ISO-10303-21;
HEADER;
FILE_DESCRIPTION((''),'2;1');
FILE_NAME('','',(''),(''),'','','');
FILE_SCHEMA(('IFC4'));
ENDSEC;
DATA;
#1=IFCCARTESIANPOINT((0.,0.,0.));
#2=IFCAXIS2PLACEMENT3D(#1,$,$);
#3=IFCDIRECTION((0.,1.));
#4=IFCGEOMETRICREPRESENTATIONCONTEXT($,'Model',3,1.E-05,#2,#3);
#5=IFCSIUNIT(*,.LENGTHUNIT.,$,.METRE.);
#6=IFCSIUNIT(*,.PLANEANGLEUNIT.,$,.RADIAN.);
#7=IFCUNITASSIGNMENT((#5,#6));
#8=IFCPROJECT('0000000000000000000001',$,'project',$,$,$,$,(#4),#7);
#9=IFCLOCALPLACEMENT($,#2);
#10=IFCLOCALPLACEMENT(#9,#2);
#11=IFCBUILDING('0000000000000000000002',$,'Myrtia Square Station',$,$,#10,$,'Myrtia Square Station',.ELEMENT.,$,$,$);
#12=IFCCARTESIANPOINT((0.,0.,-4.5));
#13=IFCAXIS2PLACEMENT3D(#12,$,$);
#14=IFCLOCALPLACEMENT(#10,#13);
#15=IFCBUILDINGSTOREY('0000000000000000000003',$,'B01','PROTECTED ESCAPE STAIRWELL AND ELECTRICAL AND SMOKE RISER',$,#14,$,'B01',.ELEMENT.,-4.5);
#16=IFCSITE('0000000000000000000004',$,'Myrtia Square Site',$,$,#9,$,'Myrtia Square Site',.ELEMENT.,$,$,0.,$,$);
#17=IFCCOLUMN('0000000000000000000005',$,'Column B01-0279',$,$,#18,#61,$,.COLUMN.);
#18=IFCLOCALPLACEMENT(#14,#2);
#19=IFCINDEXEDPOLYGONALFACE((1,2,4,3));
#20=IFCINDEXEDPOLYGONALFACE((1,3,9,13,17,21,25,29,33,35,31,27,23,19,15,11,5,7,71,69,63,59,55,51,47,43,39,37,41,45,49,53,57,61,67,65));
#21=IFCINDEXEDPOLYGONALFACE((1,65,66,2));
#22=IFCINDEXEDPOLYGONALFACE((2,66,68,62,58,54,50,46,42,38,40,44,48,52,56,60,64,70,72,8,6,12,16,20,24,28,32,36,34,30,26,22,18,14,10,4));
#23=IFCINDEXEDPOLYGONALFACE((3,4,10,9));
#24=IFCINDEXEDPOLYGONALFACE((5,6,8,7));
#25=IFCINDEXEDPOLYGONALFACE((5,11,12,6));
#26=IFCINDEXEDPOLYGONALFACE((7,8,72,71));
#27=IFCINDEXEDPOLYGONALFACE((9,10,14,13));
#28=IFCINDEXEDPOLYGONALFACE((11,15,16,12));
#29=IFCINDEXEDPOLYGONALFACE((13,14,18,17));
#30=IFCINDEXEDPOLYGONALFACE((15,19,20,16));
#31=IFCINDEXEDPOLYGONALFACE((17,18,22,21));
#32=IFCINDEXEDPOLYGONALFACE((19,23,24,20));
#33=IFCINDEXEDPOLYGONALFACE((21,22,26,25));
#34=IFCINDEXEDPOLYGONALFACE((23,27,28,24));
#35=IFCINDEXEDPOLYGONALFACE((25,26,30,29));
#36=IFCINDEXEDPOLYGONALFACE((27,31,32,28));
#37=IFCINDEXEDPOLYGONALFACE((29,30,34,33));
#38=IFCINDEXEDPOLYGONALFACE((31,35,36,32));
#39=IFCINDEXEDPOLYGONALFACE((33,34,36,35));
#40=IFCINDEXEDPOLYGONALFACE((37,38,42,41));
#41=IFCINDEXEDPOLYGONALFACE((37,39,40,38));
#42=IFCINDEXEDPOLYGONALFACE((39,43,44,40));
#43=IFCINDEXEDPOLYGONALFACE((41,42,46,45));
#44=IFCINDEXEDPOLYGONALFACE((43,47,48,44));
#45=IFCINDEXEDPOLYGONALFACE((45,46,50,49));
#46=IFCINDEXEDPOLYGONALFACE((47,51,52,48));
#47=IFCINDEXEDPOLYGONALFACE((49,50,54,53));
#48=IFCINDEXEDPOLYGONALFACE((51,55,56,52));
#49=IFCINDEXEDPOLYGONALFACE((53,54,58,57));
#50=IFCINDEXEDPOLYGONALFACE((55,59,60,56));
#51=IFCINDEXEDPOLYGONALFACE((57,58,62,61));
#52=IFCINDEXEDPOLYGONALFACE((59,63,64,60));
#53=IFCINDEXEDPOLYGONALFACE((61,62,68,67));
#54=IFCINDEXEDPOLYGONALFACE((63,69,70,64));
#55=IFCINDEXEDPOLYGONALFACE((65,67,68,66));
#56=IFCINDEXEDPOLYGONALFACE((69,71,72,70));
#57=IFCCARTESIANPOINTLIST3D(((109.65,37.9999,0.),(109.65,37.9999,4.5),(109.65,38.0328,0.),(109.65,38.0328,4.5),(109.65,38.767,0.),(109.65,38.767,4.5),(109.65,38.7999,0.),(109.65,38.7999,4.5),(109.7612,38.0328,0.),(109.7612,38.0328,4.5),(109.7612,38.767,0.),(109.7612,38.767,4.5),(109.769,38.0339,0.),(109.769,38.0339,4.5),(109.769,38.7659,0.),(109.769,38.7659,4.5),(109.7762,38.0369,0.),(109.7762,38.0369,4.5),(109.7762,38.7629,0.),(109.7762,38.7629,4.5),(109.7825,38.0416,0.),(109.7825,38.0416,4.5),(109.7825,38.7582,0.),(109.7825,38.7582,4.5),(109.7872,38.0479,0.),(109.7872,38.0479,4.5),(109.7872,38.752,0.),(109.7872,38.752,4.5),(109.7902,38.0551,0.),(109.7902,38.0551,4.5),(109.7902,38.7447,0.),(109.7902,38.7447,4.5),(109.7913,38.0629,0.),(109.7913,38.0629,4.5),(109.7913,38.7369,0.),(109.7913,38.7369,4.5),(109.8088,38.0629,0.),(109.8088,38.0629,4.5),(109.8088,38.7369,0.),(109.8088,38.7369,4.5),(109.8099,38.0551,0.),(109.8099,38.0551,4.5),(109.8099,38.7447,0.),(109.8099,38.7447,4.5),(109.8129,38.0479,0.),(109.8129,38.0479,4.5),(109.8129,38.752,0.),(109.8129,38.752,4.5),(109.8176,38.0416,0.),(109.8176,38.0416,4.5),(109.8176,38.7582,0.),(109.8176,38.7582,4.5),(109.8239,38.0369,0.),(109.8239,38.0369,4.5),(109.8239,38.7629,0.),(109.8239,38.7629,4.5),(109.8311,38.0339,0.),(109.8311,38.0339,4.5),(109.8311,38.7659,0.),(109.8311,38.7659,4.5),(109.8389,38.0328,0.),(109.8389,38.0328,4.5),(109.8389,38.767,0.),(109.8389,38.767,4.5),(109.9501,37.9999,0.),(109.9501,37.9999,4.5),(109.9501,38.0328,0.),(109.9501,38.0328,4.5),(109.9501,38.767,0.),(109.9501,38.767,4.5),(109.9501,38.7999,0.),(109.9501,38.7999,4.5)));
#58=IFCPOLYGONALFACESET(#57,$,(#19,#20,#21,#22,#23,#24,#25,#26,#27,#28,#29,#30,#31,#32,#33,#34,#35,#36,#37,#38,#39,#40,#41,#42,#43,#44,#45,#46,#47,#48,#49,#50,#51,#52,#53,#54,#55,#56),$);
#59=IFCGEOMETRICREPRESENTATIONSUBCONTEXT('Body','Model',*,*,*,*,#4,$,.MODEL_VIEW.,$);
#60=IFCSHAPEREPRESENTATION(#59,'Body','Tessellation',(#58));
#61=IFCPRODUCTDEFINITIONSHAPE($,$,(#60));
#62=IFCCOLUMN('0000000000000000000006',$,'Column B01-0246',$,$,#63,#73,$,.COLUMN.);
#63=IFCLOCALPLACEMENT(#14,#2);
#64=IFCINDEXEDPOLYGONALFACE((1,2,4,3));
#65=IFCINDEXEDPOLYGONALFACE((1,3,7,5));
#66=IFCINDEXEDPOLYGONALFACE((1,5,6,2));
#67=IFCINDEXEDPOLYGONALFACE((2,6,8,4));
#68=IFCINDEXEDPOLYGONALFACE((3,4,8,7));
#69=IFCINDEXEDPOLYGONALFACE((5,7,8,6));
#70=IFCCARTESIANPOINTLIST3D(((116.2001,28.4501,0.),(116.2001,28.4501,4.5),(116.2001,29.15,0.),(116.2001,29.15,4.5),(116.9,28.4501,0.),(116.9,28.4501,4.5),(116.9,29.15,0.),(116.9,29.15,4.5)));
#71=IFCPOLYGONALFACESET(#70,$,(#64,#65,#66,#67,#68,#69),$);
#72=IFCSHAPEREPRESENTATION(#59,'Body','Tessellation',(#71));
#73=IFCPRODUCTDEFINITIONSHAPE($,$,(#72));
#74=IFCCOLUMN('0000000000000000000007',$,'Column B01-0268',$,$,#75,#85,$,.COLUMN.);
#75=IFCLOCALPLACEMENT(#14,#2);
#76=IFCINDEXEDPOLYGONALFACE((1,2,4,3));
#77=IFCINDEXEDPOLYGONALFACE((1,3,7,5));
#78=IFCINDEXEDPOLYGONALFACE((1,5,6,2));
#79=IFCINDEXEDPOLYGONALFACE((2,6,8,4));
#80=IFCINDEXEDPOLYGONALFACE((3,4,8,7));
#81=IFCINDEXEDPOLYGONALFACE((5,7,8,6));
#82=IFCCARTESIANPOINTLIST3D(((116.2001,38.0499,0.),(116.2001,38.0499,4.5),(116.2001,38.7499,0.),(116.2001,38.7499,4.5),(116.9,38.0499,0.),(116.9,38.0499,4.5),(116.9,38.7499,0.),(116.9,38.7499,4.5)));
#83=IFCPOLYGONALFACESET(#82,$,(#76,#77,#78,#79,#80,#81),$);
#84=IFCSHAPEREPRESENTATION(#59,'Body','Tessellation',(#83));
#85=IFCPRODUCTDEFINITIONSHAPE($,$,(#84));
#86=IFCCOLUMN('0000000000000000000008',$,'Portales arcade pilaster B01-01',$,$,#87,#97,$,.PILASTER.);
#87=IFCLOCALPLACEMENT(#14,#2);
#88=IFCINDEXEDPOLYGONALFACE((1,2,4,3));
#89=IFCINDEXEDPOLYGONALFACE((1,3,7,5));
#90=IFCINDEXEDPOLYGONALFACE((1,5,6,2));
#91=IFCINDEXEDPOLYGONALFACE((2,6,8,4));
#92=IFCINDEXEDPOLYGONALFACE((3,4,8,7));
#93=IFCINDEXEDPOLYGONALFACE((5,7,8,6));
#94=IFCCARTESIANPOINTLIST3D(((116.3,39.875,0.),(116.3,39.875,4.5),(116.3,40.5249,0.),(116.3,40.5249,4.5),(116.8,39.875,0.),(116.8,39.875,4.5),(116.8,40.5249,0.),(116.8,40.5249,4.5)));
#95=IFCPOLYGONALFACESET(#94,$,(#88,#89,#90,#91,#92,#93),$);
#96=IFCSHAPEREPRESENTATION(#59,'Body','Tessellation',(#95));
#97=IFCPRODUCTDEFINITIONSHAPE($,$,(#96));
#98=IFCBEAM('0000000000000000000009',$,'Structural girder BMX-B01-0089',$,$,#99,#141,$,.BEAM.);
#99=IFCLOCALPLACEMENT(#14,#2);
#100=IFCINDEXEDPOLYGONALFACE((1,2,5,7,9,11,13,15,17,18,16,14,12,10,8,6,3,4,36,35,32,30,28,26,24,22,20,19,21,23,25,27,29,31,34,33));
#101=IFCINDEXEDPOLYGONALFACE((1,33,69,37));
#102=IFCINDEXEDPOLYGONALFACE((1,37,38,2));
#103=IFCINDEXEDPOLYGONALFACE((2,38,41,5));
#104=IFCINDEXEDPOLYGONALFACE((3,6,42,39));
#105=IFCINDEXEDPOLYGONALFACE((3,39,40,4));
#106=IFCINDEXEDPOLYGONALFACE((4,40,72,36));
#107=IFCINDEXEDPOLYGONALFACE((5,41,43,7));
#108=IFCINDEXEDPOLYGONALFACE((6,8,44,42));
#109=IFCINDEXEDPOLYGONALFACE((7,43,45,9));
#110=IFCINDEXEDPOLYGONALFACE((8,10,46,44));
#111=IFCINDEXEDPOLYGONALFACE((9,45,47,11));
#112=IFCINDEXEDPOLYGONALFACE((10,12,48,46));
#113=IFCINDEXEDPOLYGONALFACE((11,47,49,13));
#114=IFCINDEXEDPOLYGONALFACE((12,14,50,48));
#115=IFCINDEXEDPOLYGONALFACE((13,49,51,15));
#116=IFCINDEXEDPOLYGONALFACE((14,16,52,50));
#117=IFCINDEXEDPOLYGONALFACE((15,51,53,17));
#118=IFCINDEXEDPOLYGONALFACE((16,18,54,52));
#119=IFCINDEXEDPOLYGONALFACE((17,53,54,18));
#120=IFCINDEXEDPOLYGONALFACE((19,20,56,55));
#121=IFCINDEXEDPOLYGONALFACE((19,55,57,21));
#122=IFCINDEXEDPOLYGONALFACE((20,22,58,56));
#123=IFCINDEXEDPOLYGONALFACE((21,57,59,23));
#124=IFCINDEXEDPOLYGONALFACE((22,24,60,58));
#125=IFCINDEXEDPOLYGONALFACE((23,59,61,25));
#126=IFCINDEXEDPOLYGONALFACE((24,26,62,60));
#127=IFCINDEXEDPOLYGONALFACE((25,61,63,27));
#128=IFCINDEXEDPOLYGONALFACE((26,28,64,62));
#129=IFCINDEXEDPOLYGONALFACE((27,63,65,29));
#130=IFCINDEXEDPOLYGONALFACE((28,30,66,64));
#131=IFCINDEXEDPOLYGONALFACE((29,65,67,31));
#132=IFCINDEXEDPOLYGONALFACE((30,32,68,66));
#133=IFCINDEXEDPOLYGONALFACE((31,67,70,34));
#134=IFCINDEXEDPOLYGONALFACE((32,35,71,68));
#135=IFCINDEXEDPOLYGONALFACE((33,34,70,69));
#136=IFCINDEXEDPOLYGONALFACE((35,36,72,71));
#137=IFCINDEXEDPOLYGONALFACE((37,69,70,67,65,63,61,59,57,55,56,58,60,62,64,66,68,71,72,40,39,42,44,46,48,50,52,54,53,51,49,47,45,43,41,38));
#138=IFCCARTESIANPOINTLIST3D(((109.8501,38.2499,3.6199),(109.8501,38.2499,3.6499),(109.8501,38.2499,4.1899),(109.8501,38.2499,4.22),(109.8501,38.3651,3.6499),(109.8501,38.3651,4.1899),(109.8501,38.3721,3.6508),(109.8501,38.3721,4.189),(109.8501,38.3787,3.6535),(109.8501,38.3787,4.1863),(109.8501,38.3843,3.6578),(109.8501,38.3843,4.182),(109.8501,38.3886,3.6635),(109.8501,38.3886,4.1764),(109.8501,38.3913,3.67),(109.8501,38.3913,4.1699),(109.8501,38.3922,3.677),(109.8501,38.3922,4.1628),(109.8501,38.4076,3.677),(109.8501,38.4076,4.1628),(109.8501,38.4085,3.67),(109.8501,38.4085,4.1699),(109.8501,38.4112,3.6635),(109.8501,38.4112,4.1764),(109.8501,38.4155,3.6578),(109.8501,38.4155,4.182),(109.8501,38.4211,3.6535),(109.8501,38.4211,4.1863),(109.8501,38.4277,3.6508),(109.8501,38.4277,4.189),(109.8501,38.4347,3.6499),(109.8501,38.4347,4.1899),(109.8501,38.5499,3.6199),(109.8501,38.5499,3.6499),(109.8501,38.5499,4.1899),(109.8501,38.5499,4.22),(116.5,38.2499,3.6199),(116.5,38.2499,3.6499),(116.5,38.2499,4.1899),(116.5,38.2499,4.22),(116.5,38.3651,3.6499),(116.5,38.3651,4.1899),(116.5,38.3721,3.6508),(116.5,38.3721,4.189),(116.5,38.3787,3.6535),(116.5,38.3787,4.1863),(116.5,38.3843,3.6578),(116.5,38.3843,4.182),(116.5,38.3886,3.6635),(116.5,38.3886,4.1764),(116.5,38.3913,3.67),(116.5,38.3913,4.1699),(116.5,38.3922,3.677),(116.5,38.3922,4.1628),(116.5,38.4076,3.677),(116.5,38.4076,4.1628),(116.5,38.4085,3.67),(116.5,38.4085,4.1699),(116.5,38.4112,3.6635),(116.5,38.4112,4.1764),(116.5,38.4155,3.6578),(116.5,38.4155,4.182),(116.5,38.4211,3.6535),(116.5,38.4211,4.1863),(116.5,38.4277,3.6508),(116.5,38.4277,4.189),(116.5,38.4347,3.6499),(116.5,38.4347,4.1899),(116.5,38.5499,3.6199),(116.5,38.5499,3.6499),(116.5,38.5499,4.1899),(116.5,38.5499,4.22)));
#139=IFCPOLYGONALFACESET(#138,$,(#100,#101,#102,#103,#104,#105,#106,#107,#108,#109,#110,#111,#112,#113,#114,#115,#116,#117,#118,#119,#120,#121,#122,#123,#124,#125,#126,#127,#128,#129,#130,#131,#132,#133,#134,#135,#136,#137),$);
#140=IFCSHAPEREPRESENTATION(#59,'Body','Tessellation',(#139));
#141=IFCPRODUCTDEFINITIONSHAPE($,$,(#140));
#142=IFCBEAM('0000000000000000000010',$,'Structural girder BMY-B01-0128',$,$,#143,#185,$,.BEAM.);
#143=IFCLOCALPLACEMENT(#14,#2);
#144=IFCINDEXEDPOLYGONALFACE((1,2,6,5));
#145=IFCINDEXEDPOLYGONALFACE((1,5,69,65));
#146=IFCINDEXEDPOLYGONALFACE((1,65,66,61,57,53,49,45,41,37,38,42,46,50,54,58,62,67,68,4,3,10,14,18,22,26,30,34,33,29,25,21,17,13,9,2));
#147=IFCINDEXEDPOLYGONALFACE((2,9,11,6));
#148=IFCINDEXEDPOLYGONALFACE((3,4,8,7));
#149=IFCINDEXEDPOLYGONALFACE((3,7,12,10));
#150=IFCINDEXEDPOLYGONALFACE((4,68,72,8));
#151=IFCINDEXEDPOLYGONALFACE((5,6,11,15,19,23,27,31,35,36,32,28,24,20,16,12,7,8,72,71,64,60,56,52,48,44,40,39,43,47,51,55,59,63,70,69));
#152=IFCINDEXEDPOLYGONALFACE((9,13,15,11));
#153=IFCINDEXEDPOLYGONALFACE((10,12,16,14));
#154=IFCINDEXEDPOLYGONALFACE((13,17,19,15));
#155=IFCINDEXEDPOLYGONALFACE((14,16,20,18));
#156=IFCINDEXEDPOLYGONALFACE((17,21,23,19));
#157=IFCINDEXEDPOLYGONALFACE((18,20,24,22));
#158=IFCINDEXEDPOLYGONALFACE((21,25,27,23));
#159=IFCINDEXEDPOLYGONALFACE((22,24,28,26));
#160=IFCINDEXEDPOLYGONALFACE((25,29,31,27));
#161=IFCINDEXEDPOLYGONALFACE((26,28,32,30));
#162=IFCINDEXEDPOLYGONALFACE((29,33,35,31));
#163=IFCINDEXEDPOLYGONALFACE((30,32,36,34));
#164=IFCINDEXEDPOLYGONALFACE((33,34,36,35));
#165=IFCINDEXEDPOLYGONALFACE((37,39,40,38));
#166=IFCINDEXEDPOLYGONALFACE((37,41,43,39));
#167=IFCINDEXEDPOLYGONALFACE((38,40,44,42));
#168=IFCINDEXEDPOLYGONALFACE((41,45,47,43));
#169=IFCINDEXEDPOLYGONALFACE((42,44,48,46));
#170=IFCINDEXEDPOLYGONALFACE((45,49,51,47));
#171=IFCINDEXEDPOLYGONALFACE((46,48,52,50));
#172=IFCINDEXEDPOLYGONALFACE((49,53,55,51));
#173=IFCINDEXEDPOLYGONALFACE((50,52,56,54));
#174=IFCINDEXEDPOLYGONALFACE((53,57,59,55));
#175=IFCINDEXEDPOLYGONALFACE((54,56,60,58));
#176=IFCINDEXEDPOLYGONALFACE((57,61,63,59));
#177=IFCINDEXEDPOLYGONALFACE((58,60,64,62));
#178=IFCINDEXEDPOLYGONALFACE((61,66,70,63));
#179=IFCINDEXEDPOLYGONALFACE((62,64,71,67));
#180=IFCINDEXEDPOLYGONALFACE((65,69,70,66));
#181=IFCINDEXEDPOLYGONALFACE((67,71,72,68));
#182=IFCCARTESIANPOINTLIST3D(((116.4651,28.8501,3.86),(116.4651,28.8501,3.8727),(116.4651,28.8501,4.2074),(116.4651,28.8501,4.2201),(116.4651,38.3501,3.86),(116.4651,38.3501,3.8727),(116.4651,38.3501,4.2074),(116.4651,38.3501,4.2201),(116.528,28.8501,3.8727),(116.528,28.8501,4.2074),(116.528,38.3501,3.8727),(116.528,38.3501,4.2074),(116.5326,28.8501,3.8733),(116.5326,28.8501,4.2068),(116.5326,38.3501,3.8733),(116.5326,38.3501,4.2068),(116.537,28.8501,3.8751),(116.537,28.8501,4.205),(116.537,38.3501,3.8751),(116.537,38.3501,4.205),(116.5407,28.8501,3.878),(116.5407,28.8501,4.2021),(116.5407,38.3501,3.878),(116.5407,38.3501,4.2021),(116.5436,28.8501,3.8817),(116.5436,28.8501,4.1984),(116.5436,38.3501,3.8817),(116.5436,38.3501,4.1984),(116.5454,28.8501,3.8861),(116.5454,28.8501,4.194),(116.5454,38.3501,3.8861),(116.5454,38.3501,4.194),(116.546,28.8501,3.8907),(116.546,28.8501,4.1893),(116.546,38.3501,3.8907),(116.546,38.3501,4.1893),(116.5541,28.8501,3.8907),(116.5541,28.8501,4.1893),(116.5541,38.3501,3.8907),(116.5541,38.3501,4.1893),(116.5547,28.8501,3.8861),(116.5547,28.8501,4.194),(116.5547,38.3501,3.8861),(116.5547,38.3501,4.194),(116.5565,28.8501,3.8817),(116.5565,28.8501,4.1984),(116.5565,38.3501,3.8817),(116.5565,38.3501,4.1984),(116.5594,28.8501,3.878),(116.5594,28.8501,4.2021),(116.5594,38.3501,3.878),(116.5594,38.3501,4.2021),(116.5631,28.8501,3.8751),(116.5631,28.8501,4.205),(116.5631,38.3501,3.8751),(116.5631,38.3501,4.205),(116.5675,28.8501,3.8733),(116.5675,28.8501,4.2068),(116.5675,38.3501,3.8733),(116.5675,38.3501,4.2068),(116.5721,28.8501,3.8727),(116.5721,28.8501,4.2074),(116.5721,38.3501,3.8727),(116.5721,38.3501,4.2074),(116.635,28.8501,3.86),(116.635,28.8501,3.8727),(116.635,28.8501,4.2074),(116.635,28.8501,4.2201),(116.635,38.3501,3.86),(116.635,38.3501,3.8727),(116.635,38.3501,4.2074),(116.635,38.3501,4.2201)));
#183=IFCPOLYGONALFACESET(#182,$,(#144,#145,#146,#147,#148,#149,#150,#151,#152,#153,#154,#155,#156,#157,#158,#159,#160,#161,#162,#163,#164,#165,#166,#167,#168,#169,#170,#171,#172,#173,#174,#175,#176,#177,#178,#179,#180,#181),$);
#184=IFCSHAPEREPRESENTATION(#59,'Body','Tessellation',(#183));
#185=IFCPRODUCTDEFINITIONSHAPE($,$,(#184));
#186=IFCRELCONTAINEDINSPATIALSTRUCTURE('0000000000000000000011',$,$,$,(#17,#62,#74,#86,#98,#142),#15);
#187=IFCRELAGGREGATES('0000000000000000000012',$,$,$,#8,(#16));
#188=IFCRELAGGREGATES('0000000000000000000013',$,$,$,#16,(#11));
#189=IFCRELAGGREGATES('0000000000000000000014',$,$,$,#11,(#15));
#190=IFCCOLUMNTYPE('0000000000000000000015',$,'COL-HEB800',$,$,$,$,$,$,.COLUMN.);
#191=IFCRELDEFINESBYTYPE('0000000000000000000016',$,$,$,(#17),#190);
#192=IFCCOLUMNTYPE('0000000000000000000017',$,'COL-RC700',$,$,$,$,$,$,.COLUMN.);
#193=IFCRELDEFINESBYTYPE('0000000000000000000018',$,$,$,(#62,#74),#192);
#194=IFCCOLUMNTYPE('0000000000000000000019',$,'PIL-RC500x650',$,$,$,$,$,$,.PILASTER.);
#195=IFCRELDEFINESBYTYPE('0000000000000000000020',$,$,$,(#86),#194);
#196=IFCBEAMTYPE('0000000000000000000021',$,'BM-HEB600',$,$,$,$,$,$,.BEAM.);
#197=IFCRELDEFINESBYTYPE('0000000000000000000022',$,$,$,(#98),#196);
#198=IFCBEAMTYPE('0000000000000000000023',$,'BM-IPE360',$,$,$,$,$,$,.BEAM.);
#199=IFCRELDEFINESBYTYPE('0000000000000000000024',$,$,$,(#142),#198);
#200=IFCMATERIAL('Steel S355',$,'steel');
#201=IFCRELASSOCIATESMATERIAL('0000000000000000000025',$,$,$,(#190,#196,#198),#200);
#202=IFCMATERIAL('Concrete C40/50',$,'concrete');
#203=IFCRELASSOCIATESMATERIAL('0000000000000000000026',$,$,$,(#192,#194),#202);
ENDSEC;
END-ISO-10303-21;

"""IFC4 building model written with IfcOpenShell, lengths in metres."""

from ifc_helpers import new_model, si_unit, direction, frame, origin, origin_2d, place, context, subcontext, project, spatial, rectangle, i_section, extrude, material, material_profile, profile_set, type_object, element, save


model = new_model("IFC4")

# Units and contexts
model_context = context("Model", 3, precision=1e-05, world=origin(), true_north=direction((0.0, 1.0)))
body_context = subcontext(model_context, "Body", "Model", "MODEL_VIEW")
ifc_project = project(units=[si_unit("LENGTHUNIT", "METRE"), si_unit("PLANEANGLEUNIT", "RADIAN")], contexts=[model_context])

# Site, building, storey
site_placement = place(None, origin())
site = spatial("IfcSite", under=ifc_project, at=site_placement, Name="Myrtia Square Site", LongName="Myrtia Square Site", CompositionType="ELEMENT", RefElevation=0.0)
building_placement = place(site_placement, origin())
building = spatial("IfcBuilding", under=site, at=building_placement, Name="Myrtia Square Station", LongName="Myrtia Square Station", CompositionType="ELEMENT")
storey_placement = place(building_placement, frame((0.0, 0.0, -4.5)))
storey = spatial("IfcBuildingStorey", under=building, at=storey_placement, Name="B01", Description="PROTECTED ESCAPE STAIRWELL AND ELECTRICAL AND SMOKE RISER", LongName="B01", CompositionType="ELEMENT", Elevation=-4.5)

# Columns
ifc_material_1 = material(Name="Steel S355", Category="steel")
ifc_material_profile_1 = material_profile(ifc_material_1, i_section(OverallWidth=0.3, OverallDepth=0.8, WebThickness=0.0176, FlangeThickness=0.033, FilletRadius=0.03, at=origin_2d()), Name="HEB 800")
ifc_profile_set_1 = profile_set([ifc_material_profile_1], Name="Steel S355")
column_type_1 = type_object("IfcColumnType", Name="COL-HEB800", PredefinedType="COLUMN", material=ifc_profile_set_1)
column_1_placement = place(storey_placement, frame((109.8, 38.3999, 0.0), z_axis=(0.0, 0.0, 1.0), x_axis=(1.0, 0.0, 0.0)))
element("IfcColumn", 1, at=column_1_placement, inside=storey, type_object=column_type_1, Name="Column B01-0279", PredefinedType="COLUMN", context=body_context, shape_type="SweptSolid", body=[
    extrude(i_section(OverallWidth=0.3, OverallDepth=0.8, WebThickness=0.0176, FlangeThickness=0.033, FilletRadius=0.03, at=origin_2d()), origin(), (0.0, 0.0, 1.0), 4.5),
])
ifc_material_2 = material(Name="Concrete C40/50", Category="concrete")
ifc_material_profile_2 = material_profile(ifc_material_2, rectangle(XDim=0.7, YDim=0.7, at=origin_2d()), Name="RC 700x700")
ifc_profile_set_2 = profile_set([ifc_material_profile_2], Name="Concrete C40/50")
column_type_2 = type_object("IfcColumnType", Name="COL-RC700", PredefinedType="COLUMN", material=ifc_profile_set_2)
for number, where, z_axis, x_axis, name in (
    (2, (116.55, 28.8, 0.0), (0.0, 0.0, 1.0), (1.0, 0.0, 0.0), "Column B01-0246"),
    (3, (116.55, 38.3999, 0.0), (0.0, 0.0, 1.0), (1.0, 0.0, 0.0), "Column B01-0268"),
):
    element("IfcColumn", number, at=place(storey_placement, frame(where, z_axis=z_axis, x_axis=x_axis)), inside=storey, type_object=column_type_2, Name=name, PredefinedType="COLUMN", context=body_context, shape_type="SweptSolid", body=[
        extrude(rectangle(XDim=0.7, YDim=0.7, at=origin_2d()), origin(), (0.0, 0.0, 1.0), 4.5),
    ])
ifc_material_profile_3 = material_profile(ifc_material_2, rectangle(XDim=0.5, YDim=0.6499, at=origin_2d()), Name="PIL 500x650")
ifc_profile_set_3 = profile_set([ifc_material_profile_3], Name="Concrete C40/50")
column_type_3 = type_object("IfcColumnType", Name="PIL-RC500x650", PredefinedType="PILASTER", material=ifc_profile_set_3)
column_2_placement = place(storey_placement, frame((116.55, 40.2, 0.0), z_axis=(0.0, 0.0, 1.0), x_axis=(1.0, 0.0, 0.0)))
element("IfcColumn", 4, at=column_2_placement, inside=storey, type_object=column_type_3, Name="Portales arcade pilaster B01-01", PredefinedType="PILASTER", context=body_context, shape_type="SweptSolid", body=[
    extrude(rectangle(XDim=0.5, YDim=0.6499, at=origin_2d()), origin(), (0.0, 0.0, 1.0), 4.5),
])

# Beams
ifc_material_profile_4 = material_profile(ifc_material_1, i_section(OverallWidth=0.3, OverallDepth=0.6001, WebThickness=0.0154, FlangeThickness=0.03, FilletRadius=0.0271, at=origin_2d()), Name="HEB 600")
ifc_profile_set_4 = profile_set([ifc_material_profile_4], Name="Steel S355")
beam_type_1 = type_object("IfcBeamType", Name="BM-HEB600", PredefinedType="BEAM", material=ifc_profile_set_4)
beam_placement = place(storey_placement, frame((109.8501, 38.3999, 3.9199), z_axis=(1.0, 0.0, 0.0), x_axis=(0.0, 1.0, 0.0)))
element("IfcBeam", 5, at=beam_placement, inside=storey, type_object=beam_type_1, Name="Structural girder BMX-B01-0089", PredefinedType="BEAM", context=body_context, shape_type="SweptSolid", body=[
    extrude(i_section(OverallWidth=0.3, OverallDepth=0.6001, WebThickness=0.0154, FlangeThickness=0.03, FilletRadius=0.0271, at=origin_2d()), origin(), (0.0, 0.0, 1.0), 6.6499),
])
ifc_material_profile_5 = material_profile(ifc_material_1, i_section(OverallWidth=0.1699, OverallDepth=0.3601, WebThickness=0.0081, FlangeThickness=0.0127, FilletRadius=0.0181, at=origin_2d()), Name="IPE 360")
ifc_profile_set_5 = profile_set([ifc_material_profile_5], Name="Steel S355")
beam_type_2 = type_object("IfcBeamType", Name="BM-IPE360", PredefinedType="BEAM", material=ifc_profile_set_5)
for number, where, z_axis, x_axis, name in (
    (6, (116.55, 28.8501, 4.04), (0.0, 1.0, 0.0), (-1.0, 0.0, 0.0), "Structural girder BMY-B01-0128"),
):
    element("IfcBeam", number, at=place(storey_placement, frame(where, z_axis=z_axis, x_axis=x_axis)), inside=storey, type_object=beam_type_2, Name=name, PredefinedType="BEAM", context=body_context, shape_type="SweptSolid", body=[
        extrude(i_section(OverallWidth=0.1699, OverallDepth=0.3601, WebThickness=0.0081, FlangeThickness=0.0127, FilletRadius=0.0181, at=origin_2d()), origin(), (0.0, 0.0, 1.0), 9.5),
    ])

save(model, "model.ifc")
